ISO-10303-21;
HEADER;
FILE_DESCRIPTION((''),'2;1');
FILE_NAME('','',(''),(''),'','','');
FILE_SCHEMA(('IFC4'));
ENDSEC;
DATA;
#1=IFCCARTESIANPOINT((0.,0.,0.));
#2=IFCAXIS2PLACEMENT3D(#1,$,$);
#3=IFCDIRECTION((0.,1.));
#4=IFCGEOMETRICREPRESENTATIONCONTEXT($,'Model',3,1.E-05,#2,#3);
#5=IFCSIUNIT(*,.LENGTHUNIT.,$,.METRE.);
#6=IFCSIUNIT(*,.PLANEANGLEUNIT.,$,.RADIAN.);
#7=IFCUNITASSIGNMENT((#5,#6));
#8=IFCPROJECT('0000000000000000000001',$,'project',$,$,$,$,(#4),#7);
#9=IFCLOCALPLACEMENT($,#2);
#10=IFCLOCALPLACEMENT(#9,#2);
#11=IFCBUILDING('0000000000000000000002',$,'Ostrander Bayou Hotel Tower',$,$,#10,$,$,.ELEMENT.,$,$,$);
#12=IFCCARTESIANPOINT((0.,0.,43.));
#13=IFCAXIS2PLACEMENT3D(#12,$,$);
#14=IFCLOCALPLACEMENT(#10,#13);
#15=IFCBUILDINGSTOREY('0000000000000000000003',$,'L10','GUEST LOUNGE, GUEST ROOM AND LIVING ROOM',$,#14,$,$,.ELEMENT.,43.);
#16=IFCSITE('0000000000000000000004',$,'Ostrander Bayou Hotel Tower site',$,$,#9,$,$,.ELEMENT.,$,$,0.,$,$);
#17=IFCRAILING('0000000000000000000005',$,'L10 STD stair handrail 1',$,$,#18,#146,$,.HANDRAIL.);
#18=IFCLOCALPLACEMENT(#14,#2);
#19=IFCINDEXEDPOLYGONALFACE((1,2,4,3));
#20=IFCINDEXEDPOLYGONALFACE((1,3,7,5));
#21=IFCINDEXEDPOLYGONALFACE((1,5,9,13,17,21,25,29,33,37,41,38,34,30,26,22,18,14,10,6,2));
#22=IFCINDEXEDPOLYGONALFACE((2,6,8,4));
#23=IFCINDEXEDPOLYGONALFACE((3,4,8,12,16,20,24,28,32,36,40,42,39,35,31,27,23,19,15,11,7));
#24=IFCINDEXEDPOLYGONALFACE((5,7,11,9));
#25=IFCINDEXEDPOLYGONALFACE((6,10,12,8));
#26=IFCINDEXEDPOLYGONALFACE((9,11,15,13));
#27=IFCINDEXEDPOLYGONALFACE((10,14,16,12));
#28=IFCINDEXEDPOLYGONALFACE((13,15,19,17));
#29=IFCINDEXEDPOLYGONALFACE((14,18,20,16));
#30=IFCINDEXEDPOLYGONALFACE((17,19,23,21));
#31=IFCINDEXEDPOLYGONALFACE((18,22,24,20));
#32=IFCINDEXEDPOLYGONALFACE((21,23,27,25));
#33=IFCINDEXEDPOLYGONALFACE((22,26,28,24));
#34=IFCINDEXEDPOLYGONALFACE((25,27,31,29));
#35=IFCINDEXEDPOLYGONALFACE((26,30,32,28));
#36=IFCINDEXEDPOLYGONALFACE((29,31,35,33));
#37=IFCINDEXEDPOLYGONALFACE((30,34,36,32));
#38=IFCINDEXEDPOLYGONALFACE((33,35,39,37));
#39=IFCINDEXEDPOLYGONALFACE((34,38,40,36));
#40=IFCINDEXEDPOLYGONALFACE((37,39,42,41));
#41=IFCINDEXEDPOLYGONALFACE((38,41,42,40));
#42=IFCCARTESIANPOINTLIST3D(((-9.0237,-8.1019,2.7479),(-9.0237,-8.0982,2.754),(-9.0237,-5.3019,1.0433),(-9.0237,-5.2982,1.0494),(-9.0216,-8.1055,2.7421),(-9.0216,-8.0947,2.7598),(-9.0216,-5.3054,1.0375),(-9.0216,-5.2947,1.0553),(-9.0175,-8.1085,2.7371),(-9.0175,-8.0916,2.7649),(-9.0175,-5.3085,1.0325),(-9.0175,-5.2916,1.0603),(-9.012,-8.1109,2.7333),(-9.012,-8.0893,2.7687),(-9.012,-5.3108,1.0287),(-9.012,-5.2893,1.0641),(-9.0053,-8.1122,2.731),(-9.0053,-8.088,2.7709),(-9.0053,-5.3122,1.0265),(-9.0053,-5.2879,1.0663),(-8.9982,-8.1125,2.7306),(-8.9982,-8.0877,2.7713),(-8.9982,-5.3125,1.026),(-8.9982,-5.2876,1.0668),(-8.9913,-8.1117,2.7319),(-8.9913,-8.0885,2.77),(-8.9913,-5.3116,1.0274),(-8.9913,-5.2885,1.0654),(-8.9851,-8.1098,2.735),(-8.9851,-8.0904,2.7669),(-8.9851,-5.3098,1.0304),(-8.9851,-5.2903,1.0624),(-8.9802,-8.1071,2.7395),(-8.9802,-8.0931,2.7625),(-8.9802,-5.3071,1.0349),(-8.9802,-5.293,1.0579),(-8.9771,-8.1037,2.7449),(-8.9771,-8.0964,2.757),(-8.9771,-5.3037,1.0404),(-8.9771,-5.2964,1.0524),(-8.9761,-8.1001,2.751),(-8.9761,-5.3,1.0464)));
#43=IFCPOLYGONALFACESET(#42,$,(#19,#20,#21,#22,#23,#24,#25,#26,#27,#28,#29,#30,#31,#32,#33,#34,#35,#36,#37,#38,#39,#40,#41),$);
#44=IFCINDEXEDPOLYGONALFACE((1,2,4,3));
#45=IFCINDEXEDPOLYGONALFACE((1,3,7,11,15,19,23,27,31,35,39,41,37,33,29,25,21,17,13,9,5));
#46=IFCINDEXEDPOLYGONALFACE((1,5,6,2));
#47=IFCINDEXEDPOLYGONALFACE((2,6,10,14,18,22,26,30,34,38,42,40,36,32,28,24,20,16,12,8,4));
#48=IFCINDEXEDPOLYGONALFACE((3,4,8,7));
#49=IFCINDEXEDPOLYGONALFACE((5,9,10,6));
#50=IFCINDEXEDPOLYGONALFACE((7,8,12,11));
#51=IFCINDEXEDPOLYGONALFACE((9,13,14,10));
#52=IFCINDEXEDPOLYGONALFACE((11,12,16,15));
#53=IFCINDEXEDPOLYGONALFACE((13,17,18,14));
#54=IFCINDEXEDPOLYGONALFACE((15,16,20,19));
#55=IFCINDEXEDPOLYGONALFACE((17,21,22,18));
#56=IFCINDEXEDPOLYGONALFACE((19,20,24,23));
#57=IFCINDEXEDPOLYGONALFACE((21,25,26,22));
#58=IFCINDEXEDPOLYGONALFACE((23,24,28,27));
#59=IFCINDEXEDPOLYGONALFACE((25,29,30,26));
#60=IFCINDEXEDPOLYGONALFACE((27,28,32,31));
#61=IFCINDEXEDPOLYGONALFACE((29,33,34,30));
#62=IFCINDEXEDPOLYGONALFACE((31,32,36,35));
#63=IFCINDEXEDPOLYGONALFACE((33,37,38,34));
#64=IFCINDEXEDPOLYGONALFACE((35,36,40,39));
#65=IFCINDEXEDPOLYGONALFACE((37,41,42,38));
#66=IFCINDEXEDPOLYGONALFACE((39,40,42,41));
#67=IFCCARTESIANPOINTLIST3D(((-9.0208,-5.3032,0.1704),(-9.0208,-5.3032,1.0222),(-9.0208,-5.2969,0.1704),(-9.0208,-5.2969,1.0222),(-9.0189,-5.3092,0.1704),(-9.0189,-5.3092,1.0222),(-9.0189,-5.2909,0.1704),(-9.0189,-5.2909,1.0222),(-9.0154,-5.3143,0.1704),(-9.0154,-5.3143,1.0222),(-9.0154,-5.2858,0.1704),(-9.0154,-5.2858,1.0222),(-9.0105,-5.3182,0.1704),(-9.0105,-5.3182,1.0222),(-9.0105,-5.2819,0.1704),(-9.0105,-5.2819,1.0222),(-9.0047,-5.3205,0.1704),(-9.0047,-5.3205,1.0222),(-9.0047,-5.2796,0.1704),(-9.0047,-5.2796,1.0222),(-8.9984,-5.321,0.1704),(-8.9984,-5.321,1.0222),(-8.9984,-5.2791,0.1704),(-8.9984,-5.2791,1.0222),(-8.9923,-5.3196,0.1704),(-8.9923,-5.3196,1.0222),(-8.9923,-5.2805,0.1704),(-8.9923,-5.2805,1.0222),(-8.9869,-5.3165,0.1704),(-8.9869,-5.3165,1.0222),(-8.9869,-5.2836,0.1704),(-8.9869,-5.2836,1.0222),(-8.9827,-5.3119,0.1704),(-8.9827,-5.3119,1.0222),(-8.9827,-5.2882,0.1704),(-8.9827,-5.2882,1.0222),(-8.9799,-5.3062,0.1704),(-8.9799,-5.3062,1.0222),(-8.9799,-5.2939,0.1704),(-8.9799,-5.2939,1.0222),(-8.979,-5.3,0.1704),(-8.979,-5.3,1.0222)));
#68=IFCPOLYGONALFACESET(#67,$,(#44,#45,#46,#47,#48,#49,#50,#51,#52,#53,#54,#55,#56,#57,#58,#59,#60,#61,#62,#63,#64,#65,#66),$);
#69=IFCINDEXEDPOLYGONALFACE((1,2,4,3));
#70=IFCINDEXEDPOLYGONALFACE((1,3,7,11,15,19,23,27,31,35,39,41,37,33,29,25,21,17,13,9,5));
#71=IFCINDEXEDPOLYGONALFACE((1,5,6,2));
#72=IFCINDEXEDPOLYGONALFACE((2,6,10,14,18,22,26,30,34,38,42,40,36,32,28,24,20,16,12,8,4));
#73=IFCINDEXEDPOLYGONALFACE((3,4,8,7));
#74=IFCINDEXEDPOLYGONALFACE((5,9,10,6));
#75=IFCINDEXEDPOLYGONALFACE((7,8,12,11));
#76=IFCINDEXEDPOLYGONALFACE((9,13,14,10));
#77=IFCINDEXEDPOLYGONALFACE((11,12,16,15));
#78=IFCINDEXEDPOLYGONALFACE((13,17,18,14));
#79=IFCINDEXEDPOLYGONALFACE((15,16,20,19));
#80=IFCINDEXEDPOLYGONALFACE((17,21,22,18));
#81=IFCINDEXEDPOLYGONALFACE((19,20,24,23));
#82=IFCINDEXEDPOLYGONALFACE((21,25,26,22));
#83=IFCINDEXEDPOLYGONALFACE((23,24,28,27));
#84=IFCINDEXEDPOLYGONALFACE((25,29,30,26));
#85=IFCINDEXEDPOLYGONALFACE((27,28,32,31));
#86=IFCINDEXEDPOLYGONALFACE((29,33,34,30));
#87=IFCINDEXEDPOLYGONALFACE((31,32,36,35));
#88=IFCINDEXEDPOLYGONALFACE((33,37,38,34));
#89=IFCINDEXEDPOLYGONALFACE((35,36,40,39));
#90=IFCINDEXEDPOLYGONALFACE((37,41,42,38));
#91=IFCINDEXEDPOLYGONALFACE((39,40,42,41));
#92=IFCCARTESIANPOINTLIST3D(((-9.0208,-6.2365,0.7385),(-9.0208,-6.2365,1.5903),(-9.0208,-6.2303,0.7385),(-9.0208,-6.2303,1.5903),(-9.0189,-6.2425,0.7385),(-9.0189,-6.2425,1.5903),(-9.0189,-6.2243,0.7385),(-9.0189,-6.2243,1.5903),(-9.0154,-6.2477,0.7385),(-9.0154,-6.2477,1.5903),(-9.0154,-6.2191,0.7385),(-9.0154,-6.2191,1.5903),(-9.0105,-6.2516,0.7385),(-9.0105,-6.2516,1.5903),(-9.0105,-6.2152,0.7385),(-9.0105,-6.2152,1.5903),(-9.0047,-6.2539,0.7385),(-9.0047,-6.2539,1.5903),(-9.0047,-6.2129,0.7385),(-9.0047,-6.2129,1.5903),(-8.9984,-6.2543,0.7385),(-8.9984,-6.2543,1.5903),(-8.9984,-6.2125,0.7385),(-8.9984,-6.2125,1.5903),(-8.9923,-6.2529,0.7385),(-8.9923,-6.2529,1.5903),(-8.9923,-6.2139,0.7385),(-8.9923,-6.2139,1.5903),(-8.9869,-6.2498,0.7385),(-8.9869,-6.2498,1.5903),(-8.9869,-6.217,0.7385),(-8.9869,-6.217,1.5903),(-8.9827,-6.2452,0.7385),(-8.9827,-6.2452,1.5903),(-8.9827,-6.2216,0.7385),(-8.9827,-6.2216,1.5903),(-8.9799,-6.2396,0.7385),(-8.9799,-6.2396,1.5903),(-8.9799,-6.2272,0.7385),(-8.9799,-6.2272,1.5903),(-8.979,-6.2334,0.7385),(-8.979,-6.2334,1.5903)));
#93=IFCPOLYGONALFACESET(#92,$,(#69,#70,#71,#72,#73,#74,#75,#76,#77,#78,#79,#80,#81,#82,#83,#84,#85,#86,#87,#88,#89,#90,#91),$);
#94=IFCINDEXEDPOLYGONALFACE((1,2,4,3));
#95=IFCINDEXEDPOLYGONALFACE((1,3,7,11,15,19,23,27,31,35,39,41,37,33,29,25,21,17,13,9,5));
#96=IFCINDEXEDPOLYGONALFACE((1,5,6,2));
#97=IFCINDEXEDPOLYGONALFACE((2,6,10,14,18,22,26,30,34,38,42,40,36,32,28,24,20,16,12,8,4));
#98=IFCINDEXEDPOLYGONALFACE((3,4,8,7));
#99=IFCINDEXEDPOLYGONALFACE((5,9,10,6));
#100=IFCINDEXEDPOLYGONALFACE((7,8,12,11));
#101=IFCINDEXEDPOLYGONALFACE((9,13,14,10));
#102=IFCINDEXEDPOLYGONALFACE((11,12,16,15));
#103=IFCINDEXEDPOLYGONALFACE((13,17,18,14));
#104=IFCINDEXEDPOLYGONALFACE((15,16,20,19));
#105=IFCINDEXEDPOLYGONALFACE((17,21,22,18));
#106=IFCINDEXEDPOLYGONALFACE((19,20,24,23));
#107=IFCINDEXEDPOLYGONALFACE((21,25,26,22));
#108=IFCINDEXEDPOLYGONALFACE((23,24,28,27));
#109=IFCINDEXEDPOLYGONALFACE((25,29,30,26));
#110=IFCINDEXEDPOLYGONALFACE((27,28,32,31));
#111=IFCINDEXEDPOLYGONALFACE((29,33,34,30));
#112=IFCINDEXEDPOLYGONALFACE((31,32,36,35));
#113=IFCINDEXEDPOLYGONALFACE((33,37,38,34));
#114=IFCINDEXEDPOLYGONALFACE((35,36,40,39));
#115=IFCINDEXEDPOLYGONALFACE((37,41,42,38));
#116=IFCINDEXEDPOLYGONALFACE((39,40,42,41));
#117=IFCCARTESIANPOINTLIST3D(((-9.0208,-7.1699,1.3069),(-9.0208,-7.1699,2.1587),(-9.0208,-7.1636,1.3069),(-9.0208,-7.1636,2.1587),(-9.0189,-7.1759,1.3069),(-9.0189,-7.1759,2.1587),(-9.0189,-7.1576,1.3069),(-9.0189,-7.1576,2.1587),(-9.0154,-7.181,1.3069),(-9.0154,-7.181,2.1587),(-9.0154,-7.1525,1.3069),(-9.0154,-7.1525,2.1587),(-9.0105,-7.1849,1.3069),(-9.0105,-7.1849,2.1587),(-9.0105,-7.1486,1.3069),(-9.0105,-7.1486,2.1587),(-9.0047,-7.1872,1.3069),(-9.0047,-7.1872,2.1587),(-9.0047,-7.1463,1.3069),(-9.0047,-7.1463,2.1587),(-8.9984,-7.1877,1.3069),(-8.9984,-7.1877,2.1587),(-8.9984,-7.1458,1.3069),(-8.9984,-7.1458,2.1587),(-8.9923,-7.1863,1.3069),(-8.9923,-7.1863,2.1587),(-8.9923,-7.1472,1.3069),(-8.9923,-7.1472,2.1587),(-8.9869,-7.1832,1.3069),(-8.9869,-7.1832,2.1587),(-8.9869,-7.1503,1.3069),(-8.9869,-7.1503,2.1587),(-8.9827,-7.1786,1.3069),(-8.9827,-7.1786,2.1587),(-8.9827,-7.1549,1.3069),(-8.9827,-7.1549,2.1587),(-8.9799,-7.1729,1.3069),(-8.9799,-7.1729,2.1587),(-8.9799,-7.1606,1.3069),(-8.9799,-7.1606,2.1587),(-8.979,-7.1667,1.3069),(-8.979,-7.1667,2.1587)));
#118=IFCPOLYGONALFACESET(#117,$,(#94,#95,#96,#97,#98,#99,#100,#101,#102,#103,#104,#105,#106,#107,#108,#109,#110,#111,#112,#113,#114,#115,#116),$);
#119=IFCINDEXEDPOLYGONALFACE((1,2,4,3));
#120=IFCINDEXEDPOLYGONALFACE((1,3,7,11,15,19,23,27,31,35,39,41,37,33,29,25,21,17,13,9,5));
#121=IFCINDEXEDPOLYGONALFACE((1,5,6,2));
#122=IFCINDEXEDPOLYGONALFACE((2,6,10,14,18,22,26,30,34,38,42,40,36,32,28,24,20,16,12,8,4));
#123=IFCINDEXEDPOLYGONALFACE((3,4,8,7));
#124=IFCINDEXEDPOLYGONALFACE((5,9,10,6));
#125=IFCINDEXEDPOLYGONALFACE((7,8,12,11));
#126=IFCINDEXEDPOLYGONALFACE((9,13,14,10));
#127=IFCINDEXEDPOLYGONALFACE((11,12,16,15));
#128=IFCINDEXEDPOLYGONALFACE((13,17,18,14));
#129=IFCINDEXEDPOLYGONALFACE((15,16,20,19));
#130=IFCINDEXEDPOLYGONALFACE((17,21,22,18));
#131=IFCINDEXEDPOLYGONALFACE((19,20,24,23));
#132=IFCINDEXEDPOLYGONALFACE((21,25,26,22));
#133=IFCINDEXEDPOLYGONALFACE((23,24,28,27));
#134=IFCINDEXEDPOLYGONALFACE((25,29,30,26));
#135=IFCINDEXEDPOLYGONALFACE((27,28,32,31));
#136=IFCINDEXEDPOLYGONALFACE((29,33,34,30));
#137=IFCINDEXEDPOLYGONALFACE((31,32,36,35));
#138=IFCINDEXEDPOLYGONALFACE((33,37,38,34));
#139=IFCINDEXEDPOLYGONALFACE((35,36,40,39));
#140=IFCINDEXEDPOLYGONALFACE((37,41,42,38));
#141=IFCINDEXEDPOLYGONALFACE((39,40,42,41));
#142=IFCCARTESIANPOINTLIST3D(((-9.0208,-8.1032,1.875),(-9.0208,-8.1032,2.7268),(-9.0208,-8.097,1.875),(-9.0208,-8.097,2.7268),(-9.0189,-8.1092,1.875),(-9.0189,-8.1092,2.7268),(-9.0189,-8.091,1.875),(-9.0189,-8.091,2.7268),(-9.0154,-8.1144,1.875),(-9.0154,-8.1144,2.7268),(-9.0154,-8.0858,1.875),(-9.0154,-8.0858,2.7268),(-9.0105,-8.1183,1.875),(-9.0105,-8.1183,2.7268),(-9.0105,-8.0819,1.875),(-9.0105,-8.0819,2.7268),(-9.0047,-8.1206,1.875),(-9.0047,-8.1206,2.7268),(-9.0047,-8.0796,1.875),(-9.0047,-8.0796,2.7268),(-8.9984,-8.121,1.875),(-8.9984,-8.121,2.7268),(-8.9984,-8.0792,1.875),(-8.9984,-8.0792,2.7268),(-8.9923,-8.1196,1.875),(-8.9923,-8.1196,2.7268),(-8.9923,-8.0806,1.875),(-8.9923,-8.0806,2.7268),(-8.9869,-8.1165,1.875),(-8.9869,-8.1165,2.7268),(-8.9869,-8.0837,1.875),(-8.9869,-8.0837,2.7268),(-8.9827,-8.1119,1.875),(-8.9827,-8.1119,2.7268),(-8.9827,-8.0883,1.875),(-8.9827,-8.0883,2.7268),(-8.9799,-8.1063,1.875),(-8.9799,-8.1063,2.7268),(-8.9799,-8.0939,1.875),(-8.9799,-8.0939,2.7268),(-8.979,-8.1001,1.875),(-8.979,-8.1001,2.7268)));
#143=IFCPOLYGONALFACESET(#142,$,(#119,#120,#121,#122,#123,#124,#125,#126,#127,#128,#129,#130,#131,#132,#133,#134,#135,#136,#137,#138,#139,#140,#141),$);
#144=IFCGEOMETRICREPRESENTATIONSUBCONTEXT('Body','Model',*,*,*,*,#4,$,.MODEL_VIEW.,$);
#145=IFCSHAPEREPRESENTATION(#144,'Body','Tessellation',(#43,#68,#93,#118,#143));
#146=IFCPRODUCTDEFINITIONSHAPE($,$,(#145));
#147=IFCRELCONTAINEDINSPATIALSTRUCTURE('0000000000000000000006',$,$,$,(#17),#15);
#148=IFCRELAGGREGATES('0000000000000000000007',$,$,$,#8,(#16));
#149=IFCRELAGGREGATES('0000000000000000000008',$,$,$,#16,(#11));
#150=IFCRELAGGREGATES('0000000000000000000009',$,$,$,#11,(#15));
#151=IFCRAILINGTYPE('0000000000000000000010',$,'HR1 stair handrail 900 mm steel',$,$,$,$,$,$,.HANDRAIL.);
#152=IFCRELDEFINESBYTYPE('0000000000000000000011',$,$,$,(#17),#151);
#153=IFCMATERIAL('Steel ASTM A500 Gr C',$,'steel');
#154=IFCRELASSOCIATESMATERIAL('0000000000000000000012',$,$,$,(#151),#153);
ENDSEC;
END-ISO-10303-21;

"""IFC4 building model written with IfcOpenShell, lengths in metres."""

from ifc_helpers import new_model, si_unit, direction, frame, origin, origin_2d, place, context, subcontext, project, spatial, circle, extrude, material, type_object, element, save


model = new_model("IFC4")

# Units and contexts
model_context = context("Model", 3, precision=1e-05, world=origin(), true_north=direction((0.0, 1.0)))
body_context = subcontext(model_context, "Body", "Model", "MODEL_VIEW")
ifc_project = project(units=[si_unit("LENGTHUNIT", "METRE"), si_unit("PLANEANGLEUNIT", "RADIAN")], contexts=[model_context])

# Site, building, storey
site_placement = place(None, origin())
site = spatial("IfcSite", under=ifc_project, at=site_placement, Name="Ostrander Bayou Hotel Tower site", CompositionType="ELEMENT", RefElevation=0.0)
building_placement = place(site_placement, origin())
building = spatial("IfcBuilding", under=site, at=building_placement, Name="Ostrander Bayou Hotel Tower", CompositionType="ELEMENT")
storey_placement = place(building_placement, frame((0.0, 0.0, 43.0)))
storey = spatial("IfcBuildingStorey", under=building, at=storey_placement, Name="L10", Description="GUEST LOUNGE, GUEST ROOM AND LIVING ROOM", CompositionType="ELEMENT", Elevation=43.0)

# Railing
ifc_material_1 = material(Name="Steel ASTM A500 Gr C", Category="steel")
railing_type_1 = type_object("IfcRailingType", Name="HR1 stair handrail 900 mm steel", PredefinedType="HANDRAIL", material=ifc_material_1)
railing_1_placement = place(storey_placement, frame((-9.0, -5.3, 0.1704)))
element("IfcRailing", 1, at=railing_1_placement, inside=storey, type_object=railing_type_1, Name="L10 STD stair handrail 1", PredefinedType="HANDRAIL", context=body_context, shape_type="SweptSolid", body=[
    extrude(circle(Radius=0.0239, at=origin_2d()), frame((0.0, 0.0, 0.876), z_axis=(0.0, -0.85417, 0.519994), x_axis=(1.0, 0.0, 0.0)), (0.0, 0.0, 1.0), 3.2781),
    extrude(circle(Radius=0.021, at=origin_2d()), origin(), (0.0, 0.0, 1.0), 0.8518),
    extrude(circle(Radius=0.021, at=origin_2d()), frame((0.0, -0.9333, 0.5681)), (0.0, 0.0, 1.0), 0.8518),
    extrude(circle(Radius=0.021, at=origin_2d()), frame((0.0, -1.8667, 1.1365)), (0.0, 0.0, 1.0), 0.8518),
    extrude(circle(Radius=0.021, at=origin_2d()), frame((0.0, -2.8, 1.7046)), (0.0, 0.0, 1.0), 0.8518),
])

save(model, "model.ifc")
